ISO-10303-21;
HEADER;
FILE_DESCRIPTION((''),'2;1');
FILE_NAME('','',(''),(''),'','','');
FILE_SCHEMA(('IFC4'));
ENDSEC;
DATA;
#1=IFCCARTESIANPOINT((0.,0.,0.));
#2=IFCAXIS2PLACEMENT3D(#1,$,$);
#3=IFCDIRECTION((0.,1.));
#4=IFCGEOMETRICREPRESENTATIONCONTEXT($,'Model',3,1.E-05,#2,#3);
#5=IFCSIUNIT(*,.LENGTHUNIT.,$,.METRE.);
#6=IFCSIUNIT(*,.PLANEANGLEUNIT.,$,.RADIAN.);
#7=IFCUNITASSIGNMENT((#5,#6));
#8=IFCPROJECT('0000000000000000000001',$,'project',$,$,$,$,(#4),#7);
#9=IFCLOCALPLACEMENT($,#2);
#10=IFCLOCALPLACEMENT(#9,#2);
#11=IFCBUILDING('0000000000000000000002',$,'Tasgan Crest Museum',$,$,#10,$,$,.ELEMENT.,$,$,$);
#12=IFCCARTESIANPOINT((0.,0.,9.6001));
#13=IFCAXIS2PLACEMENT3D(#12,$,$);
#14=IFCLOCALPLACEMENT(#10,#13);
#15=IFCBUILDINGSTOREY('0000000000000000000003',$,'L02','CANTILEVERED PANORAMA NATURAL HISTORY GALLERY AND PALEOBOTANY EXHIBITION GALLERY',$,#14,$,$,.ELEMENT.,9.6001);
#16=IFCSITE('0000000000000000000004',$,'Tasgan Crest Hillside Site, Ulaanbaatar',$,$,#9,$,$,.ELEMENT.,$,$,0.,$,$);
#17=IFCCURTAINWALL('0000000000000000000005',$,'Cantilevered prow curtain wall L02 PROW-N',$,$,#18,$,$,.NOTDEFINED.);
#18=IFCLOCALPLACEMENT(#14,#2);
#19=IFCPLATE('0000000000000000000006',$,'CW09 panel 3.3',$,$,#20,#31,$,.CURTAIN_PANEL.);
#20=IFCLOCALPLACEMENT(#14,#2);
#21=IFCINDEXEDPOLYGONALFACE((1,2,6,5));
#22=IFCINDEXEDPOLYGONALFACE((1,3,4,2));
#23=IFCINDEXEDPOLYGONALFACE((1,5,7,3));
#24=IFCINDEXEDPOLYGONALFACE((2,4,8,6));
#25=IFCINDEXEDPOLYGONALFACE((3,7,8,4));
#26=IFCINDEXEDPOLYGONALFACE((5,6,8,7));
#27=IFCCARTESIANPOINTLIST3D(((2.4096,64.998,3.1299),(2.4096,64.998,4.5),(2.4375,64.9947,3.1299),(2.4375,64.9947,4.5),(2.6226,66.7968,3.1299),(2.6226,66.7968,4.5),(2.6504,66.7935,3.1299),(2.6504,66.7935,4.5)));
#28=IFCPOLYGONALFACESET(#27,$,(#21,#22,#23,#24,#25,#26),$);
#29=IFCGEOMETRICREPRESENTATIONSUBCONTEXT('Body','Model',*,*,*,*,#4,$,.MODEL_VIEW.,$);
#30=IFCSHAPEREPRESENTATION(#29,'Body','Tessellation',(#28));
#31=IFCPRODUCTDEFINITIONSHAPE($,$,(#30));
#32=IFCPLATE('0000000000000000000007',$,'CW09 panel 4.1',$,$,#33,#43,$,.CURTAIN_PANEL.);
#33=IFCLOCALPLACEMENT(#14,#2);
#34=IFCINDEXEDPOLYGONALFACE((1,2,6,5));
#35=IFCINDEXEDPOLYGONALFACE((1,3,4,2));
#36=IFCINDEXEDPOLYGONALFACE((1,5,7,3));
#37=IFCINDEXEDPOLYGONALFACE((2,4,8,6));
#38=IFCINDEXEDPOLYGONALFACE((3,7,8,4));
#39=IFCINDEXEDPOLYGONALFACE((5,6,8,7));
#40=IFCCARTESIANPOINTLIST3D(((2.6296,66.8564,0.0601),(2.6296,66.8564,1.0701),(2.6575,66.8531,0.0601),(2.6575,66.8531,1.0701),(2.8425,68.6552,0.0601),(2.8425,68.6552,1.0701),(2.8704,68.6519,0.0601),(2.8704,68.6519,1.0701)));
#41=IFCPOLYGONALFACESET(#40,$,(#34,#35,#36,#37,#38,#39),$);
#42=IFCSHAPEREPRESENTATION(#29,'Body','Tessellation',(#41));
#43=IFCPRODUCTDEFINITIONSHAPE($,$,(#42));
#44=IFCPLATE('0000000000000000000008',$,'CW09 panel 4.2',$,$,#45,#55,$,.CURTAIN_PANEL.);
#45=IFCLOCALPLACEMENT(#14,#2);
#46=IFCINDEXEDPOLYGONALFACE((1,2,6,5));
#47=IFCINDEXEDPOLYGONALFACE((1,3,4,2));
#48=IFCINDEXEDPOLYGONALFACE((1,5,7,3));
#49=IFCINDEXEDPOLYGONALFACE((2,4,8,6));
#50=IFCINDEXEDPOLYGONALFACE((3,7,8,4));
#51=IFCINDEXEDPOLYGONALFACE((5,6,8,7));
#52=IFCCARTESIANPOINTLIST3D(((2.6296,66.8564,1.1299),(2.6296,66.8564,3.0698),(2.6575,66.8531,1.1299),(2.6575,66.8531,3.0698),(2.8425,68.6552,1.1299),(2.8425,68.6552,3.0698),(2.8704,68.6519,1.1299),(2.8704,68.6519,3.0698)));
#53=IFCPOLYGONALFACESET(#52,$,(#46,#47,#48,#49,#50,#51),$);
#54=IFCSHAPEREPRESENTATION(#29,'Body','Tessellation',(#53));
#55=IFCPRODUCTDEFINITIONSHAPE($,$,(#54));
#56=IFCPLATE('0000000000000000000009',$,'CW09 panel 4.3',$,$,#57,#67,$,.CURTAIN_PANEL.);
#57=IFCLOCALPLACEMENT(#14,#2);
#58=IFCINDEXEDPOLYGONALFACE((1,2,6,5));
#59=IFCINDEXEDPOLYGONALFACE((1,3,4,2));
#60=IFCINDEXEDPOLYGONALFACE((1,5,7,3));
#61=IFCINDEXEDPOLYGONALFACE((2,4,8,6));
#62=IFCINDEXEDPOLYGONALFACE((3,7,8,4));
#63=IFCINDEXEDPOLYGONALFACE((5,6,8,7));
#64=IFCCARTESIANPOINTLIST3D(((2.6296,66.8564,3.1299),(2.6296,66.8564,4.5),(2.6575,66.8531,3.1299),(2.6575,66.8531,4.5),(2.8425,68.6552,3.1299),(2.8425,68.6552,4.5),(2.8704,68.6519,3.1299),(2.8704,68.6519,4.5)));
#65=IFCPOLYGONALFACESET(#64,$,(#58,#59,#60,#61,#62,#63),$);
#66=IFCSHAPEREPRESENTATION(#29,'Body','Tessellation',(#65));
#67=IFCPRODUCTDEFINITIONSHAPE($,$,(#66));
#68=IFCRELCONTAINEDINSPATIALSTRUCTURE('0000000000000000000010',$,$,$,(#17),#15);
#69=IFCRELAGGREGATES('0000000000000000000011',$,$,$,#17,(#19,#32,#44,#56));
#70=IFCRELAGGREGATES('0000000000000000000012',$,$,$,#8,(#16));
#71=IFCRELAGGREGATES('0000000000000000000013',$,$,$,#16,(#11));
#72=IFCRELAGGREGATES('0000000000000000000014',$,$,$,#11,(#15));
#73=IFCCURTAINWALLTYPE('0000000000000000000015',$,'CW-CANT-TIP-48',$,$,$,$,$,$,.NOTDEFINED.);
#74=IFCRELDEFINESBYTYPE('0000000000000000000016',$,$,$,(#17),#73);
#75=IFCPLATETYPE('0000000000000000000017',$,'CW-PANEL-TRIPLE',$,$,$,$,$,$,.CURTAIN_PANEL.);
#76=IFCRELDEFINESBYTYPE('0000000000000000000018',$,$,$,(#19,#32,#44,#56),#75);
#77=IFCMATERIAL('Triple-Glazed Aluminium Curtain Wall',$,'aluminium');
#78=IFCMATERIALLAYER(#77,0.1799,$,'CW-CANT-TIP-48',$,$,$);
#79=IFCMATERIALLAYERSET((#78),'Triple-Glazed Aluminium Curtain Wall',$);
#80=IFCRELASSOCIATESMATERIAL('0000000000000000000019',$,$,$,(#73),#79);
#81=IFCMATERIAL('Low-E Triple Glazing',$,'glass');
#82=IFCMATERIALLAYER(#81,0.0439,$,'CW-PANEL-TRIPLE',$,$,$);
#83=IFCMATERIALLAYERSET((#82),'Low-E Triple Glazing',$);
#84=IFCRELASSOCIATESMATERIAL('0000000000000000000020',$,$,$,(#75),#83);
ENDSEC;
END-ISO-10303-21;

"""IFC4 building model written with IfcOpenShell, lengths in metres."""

from ifc_helpers import new_model, si_unit, direction, frame, origin, origin_2d, place, context, subcontext, project, spatial, rectangle, extrude, material, layer, layer_set, type_object, element, aggregate, save


model = new_model("IFC4")

# Units and contexts
model_context = context("Model", 3, precision=1e-05, world=origin(), true_north=direction((0.0, 1.0)))
body_context = subcontext(model_context, "Body", "Model", "MODEL_VIEW")
ifc_project = project(units=[si_unit("LENGTHUNIT", "METRE"), si_unit("PLANEANGLEUNIT", "RADIAN")], contexts=[model_context])

# Site, building, storey
site_placement = place(None, origin())
site = spatial("IfcSite", under=ifc_project, at=site_placement, Name="Tasgan Crest Hillside Site, Ulaanbaatar", CompositionType="ELEMENT", RefElevation=0.0)
building_placement = place(site_placement, origin())
building = spatial("IfcBuilding", under=site, at=building_placement, Name="Tasgan Crest Museum", CompositionType="ELEMENT")
storey_placement = place(building_placement, frame((0.0, 0.0, 9.6001)))
storey = spatial("IfcBuildingStorey", under=building, at=storey_placement, Name="L02", Description="CANTILEVERED PANORAMA NATURAL HISTORY GALLERY AND PALEOBOTANY EXHIBITION GALLERY", CompositionType="ELEMENT", Elevation=9.6001)

# Curtain wall
ifc_material_1 = material(Name="Triple-Glazed Aluminium Curtain Wall", Category="aluminium")
ifc_layer_1 = layer(ifc_material_1, 0.1799, Name="CW-CANT-TIP-48")
ifc_layer_set_1 = layer_set([ifc_layer_1], Name="Triple-Glazed Aluminium Curtain Wall")
curtain_wall_type = type_object("IfcCurtainWallType", Name="CW-CANT-TIP-48", PredefinedType="NOTDEFINED", material=ifc_layer_set_1)
curtain_wall_1_placement = place(storey_placement, origin())
curtain_wall_1 = element("IfcCurtainWall", 1, at=curtain_wall_1_placement, inside=storey, type_object=curtain_wall_type, Name="Cantilevered prow curtain wall L02 PROW-N", PredefinedType="NOTDEFINED")

# Plates
ifc_material_2 = material(Name="Low-E Triple Glazing", Category="glass")
ifc_layer_2 = layer(ifc_material_2, 0.0439, Name="CW-PANEL-TRIPLE")
ifc_layer_set_2 = layer_set([ifc_layer_2], Name="Low-E Triple Glazing")
plate_type_1 = type_object("IfcPlateType", Name="CW-PANEL-TRIPLE", PredefinedType="CURTAIN_PANEL", material=ifc_layer_set_2)
plate_1_placement = place(storey_placement, frame((2.53, 65.8958, 3.1299), z_axis=(0.0, 0.0, 1.0), x_axis=(0.117565, 0.993065, 0.0)))
plate_1 = element("IfcPlate", 2, at=plate_1_placement, type_object=plate_type_1, Name="CW09 panel 3.3", PredefinedType="CURTAIN_PANEL", context=body_context, shape_type="SweptSolid", body=[
    extrude(rectangle(XDim=1.8113, YDim=0.0281, at=origin_2d()), origin(), (0.0, 0.0, 1.0), 1.3701),
])
plate_2_placement = place(storey_placement, frame((2.75, 67.7542, 0.0601), z_axis=(0.0, 0.0, 1.0), x_axis=(0.117565, 0.993065, 0.0)))
plate_2 = element("IfcPlate", 3, at=plate_2_placement, type_object=plate_type_1, Name="CW09 panel 4.1", PredefinedType="CURTAIN_PANEL", context=body_context, shape_type="SweptSolid", body=[
    extrude(rectangle(XDim=1.8113, YDim=0.0281, at=origin_2d()), origin(), (0.0, 0.0, 1.0), 1.01),
])
plate_3_placement = place(storey_placement, frame((2.75, 67.7542, 1.1299), z_axis=(0.0, 0.0, 1.0), x_axis=(0.117565, 0.993065, 0.0)))
plate_3 = element("IfcPlate", 4, at=plate_3_placement, type_object=plate_type_1, Name="CW09 panel 4.2", PredefinedType="CURTAIN_PANEL", context=body_context, shape_type="SweptSolid", body=[
    extrude(rectangle(XDim=1.8113, YDim=0.0281, at=origin_2d()), origin(), (0.0, 0.0, 1.0), 1.9399),
])
plate_4_placement = place(storey_placement, frame((2.75, 67.7542, 3.1299), z_axis=(0.0, 0.0, 1.0), x_axis=(0.117565, 0.993065, 0.0)))
plate_4 = element("IfcPlate", 5, at=plate_4_placement, type_object=plate_type_1, Name="CW09 panel 4.3", PredefinedType="CURTAIN_PANEL", context=body_context, shape_type="SweptSolid", body=[
    extrude(rectangle(XDim=1.8113, YDim=0.0281, at=origin_2d()), origin(), (0.0, 0.0, 1.0), 1.3701),
])
aggregate(curtain_wall_1, [plate_1, plate_2, plate_3, plate_4])

save(model, "model.ifc")
